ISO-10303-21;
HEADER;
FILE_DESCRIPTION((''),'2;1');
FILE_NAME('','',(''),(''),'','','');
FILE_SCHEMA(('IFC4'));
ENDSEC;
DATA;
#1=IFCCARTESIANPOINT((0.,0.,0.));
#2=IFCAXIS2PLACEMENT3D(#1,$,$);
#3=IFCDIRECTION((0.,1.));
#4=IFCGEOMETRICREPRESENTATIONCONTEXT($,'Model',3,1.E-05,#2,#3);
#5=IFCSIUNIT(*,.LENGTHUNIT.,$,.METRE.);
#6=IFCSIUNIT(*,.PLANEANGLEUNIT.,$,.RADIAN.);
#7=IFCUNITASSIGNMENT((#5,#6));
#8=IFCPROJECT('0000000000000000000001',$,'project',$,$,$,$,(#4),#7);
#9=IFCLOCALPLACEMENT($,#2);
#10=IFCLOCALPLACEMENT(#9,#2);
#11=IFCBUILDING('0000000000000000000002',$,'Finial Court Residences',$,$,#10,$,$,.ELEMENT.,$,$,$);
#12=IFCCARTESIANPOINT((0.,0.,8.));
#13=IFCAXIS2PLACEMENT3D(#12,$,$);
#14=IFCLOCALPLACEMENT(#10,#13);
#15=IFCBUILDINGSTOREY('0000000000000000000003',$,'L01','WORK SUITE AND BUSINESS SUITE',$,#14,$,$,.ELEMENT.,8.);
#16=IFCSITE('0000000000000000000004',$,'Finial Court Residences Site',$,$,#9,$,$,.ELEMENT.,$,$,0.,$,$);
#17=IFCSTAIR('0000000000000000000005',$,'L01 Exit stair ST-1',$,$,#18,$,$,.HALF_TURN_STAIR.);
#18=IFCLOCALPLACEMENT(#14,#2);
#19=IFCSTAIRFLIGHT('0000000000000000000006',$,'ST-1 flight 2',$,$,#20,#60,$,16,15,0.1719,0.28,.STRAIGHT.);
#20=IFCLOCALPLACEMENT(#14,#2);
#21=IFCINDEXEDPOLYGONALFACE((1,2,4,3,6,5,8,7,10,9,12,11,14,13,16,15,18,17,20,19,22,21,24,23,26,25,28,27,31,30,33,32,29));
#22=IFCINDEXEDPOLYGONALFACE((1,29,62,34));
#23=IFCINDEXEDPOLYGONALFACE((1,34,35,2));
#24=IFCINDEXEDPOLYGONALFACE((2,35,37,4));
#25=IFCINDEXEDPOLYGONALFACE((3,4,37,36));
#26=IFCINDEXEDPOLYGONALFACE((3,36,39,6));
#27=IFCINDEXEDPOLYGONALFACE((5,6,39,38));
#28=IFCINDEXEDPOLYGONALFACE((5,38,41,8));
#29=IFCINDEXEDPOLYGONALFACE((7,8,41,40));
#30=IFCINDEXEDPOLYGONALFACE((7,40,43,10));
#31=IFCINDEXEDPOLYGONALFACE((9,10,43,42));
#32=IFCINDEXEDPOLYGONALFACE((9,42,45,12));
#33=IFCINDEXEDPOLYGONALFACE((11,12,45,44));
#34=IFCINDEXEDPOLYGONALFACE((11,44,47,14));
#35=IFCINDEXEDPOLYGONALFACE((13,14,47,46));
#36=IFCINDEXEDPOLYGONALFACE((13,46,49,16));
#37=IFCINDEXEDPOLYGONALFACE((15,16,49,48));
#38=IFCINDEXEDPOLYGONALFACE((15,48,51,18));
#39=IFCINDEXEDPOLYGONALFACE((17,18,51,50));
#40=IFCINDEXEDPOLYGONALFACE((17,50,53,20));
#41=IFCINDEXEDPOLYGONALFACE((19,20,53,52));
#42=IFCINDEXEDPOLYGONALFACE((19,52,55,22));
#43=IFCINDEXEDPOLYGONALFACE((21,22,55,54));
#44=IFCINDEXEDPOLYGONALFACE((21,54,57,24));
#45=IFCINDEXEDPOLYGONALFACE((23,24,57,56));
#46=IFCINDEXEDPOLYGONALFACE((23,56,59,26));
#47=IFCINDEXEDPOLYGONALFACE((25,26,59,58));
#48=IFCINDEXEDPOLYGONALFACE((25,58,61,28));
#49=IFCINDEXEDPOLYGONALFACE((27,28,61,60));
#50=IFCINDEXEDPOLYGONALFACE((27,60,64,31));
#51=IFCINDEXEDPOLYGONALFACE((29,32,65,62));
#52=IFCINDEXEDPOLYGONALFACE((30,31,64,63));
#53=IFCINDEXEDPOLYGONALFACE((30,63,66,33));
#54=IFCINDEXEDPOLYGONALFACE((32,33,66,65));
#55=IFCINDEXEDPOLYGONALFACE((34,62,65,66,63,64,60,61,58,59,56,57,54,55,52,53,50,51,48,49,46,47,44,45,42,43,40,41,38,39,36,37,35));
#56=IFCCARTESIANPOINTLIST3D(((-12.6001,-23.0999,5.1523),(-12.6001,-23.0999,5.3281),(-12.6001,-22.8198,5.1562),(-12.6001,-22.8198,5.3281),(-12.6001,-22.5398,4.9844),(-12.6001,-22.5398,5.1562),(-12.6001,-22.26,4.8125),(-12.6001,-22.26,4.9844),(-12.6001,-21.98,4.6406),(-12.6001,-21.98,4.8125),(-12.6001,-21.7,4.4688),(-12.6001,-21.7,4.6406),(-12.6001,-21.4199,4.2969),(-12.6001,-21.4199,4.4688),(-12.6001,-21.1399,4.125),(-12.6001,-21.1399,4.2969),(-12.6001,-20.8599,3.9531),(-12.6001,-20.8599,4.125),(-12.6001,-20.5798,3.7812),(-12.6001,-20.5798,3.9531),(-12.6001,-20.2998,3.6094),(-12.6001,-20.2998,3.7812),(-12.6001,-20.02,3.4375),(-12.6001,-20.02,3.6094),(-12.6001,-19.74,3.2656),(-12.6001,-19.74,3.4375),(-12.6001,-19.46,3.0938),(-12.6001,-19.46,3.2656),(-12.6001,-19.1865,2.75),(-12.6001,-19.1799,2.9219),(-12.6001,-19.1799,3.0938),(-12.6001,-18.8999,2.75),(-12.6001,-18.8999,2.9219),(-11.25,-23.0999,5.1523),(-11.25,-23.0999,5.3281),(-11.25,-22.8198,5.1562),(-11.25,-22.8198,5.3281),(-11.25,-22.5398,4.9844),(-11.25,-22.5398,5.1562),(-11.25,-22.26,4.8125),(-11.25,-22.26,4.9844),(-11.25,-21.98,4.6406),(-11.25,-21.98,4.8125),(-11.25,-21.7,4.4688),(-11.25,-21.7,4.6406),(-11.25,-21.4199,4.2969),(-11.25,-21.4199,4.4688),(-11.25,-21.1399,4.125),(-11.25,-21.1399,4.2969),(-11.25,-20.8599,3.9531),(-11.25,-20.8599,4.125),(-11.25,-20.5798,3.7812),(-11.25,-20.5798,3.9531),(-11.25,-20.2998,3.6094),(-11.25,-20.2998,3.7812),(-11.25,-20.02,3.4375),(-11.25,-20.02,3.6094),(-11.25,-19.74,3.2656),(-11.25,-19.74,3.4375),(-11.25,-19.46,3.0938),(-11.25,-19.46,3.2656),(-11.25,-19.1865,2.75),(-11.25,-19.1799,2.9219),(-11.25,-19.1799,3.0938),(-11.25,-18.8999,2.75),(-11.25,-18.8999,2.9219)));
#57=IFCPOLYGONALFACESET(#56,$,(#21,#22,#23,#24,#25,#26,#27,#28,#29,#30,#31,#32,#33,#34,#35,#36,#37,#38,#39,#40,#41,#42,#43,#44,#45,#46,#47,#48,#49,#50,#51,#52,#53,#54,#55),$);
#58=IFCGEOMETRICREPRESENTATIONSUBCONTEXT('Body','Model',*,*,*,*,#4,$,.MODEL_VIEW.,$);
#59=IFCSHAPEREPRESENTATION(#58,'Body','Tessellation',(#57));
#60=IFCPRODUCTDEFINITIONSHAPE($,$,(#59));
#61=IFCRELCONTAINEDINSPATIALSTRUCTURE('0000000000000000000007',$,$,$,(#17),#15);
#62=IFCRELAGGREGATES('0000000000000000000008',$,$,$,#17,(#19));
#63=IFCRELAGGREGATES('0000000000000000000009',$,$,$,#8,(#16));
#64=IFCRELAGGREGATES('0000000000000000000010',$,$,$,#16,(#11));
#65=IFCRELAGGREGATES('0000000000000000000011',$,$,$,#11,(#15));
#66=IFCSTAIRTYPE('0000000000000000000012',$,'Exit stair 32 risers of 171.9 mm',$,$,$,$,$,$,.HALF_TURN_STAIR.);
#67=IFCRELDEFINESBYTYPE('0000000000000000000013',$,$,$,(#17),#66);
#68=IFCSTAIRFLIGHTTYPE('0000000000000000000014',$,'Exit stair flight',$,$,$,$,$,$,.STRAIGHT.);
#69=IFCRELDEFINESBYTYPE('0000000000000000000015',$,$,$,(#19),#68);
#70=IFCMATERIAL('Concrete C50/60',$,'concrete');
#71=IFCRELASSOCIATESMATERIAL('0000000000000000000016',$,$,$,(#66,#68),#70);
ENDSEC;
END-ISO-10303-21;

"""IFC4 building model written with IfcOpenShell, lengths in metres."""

from ifc_helpers import new_model, si_unit, direction, frame, origin, place, context, subcontext, project, spatial, polyline, outline, extrude, material, type_object, element, aggregate, save


model = new_model("IFC4")

# Units and contexts
model_context = context("Model", 3, precision=1e-05, world=origin(), true_north=direction((0.0, 1.0)))
body_context = subcontext(model_context, "Body", "Model", "MODEL_VIEW")
ifc_project = project(units=[si_unit("LENGTHUNIT", "METRE"), si_unit("PLANEANGLEUNIT", "RADIAN")], contexts=[model_context])

# Site, building, storey
site_placement = place(None, origin())
site = spatial("IfcSite", under=ifc_project, at=site_placement, Name="Finial Court Residences Site", CompositionType="ELEMENT", RefElevation=0.0)
building_placement = place(site_placement, origin())
building = spatial("IfcBuilding", under=site, at=building_placement, Name="Finial Court Residences", CompositionType="ELEMENT")
storey_placement = place(building_placement, frame((0.0, 0.0, 8.0)))
storey = spatial("IfcBuildingStorey", under=building, at=storey_placement, Name="L01", Description="WORK SUITE AND BUSINESS SUITE", CompositionType="ELEMENT", Elevation=8.0)

# Stair, stair flight
ifc_material_1 = material(Name="Concrete C50/60", Category="concrete")
stair_type = type_object("IfcStairType", Name="Exit stair 32 risers of 171.9 mm", PredefinedType="HALF_TURN_STAIR", material=ifc_material_1)
stair_placement = place(storey_placement, origin())
stair = element("IfcStair", 1, at=stair_placement, inside=storey, type_object=stair_type, Name="L01 Exit stair ST-1", PredefinedType="HALF_TURN_STAIR")
stair_flight_type = type_object("IfcStairFlightType", Name="Exit stair flight", PredefinedType="STRAIGHT", material=ifc_material_1)
stair_flight_placement = place(storey_placement, frame((-11.925, -18.8999, 2.75), z_axis=(0.0, 0.0, 1.0), x_axis=(0.0, -1.0, 0.0)))
stair_flight = element("IfcStairFlight", 2, at=stair_flight_placement, type_object=stair_flight_type, Name="ST-1 flight 2", NumberOfRisers=16, NumberOfTreads=15, PredefinedType="STRAIGHT", RiserHeight=0.1719, TreadLength=0.28, context=body_context, shape_type="SweptSolid", body=[
    extrude(outline(polyline([(0.0, 0.0), (0.0, 0.1719), (0.28, 0.1719), (0.28, 0.3438), (0.5601, 0.3438), (0.5601, 0.5156), (0.8401, 0.5156), (0.8401, 0.6875), (1.1201, 0.6875), (1.1201, 0.8594), (1.3999, 0.8594), (1.3999, 1.0312), (1.6799, 1.0312), (1.6799, 1.2031), (1.96, 1.2031), (1.96, 1.375), (2.24, 1.375), (2.24, 1.5469), (2.52, 1.5469), (2.52, 1.7188), (2.8, 1.7188), (2.8, 1.8906), (3.0801, 1.8906), (3.0801, 2.0625), (3.3601, 2.0625), (3.3601, 2.2344), (3.6399, 2.2344), (3.6399, 2.4062), (3.9199, 2.4062), (3.9199, 2.5781), (4.2, 2.5781), (4.2, 2.75), (4.2, 2.4023), (0.2866, 0.0), (0.0, 0.0)])), frame((0.0, 0.675, 0.0), z_axis=(0.0, -1.0, 0.0), x_axis=(1.0, 0.0, 0.0)), (0.0, 0.0, 1.0), 1.3501),
])
aggregate(stair, [stair_flight])

save(model, "model.ifc")
